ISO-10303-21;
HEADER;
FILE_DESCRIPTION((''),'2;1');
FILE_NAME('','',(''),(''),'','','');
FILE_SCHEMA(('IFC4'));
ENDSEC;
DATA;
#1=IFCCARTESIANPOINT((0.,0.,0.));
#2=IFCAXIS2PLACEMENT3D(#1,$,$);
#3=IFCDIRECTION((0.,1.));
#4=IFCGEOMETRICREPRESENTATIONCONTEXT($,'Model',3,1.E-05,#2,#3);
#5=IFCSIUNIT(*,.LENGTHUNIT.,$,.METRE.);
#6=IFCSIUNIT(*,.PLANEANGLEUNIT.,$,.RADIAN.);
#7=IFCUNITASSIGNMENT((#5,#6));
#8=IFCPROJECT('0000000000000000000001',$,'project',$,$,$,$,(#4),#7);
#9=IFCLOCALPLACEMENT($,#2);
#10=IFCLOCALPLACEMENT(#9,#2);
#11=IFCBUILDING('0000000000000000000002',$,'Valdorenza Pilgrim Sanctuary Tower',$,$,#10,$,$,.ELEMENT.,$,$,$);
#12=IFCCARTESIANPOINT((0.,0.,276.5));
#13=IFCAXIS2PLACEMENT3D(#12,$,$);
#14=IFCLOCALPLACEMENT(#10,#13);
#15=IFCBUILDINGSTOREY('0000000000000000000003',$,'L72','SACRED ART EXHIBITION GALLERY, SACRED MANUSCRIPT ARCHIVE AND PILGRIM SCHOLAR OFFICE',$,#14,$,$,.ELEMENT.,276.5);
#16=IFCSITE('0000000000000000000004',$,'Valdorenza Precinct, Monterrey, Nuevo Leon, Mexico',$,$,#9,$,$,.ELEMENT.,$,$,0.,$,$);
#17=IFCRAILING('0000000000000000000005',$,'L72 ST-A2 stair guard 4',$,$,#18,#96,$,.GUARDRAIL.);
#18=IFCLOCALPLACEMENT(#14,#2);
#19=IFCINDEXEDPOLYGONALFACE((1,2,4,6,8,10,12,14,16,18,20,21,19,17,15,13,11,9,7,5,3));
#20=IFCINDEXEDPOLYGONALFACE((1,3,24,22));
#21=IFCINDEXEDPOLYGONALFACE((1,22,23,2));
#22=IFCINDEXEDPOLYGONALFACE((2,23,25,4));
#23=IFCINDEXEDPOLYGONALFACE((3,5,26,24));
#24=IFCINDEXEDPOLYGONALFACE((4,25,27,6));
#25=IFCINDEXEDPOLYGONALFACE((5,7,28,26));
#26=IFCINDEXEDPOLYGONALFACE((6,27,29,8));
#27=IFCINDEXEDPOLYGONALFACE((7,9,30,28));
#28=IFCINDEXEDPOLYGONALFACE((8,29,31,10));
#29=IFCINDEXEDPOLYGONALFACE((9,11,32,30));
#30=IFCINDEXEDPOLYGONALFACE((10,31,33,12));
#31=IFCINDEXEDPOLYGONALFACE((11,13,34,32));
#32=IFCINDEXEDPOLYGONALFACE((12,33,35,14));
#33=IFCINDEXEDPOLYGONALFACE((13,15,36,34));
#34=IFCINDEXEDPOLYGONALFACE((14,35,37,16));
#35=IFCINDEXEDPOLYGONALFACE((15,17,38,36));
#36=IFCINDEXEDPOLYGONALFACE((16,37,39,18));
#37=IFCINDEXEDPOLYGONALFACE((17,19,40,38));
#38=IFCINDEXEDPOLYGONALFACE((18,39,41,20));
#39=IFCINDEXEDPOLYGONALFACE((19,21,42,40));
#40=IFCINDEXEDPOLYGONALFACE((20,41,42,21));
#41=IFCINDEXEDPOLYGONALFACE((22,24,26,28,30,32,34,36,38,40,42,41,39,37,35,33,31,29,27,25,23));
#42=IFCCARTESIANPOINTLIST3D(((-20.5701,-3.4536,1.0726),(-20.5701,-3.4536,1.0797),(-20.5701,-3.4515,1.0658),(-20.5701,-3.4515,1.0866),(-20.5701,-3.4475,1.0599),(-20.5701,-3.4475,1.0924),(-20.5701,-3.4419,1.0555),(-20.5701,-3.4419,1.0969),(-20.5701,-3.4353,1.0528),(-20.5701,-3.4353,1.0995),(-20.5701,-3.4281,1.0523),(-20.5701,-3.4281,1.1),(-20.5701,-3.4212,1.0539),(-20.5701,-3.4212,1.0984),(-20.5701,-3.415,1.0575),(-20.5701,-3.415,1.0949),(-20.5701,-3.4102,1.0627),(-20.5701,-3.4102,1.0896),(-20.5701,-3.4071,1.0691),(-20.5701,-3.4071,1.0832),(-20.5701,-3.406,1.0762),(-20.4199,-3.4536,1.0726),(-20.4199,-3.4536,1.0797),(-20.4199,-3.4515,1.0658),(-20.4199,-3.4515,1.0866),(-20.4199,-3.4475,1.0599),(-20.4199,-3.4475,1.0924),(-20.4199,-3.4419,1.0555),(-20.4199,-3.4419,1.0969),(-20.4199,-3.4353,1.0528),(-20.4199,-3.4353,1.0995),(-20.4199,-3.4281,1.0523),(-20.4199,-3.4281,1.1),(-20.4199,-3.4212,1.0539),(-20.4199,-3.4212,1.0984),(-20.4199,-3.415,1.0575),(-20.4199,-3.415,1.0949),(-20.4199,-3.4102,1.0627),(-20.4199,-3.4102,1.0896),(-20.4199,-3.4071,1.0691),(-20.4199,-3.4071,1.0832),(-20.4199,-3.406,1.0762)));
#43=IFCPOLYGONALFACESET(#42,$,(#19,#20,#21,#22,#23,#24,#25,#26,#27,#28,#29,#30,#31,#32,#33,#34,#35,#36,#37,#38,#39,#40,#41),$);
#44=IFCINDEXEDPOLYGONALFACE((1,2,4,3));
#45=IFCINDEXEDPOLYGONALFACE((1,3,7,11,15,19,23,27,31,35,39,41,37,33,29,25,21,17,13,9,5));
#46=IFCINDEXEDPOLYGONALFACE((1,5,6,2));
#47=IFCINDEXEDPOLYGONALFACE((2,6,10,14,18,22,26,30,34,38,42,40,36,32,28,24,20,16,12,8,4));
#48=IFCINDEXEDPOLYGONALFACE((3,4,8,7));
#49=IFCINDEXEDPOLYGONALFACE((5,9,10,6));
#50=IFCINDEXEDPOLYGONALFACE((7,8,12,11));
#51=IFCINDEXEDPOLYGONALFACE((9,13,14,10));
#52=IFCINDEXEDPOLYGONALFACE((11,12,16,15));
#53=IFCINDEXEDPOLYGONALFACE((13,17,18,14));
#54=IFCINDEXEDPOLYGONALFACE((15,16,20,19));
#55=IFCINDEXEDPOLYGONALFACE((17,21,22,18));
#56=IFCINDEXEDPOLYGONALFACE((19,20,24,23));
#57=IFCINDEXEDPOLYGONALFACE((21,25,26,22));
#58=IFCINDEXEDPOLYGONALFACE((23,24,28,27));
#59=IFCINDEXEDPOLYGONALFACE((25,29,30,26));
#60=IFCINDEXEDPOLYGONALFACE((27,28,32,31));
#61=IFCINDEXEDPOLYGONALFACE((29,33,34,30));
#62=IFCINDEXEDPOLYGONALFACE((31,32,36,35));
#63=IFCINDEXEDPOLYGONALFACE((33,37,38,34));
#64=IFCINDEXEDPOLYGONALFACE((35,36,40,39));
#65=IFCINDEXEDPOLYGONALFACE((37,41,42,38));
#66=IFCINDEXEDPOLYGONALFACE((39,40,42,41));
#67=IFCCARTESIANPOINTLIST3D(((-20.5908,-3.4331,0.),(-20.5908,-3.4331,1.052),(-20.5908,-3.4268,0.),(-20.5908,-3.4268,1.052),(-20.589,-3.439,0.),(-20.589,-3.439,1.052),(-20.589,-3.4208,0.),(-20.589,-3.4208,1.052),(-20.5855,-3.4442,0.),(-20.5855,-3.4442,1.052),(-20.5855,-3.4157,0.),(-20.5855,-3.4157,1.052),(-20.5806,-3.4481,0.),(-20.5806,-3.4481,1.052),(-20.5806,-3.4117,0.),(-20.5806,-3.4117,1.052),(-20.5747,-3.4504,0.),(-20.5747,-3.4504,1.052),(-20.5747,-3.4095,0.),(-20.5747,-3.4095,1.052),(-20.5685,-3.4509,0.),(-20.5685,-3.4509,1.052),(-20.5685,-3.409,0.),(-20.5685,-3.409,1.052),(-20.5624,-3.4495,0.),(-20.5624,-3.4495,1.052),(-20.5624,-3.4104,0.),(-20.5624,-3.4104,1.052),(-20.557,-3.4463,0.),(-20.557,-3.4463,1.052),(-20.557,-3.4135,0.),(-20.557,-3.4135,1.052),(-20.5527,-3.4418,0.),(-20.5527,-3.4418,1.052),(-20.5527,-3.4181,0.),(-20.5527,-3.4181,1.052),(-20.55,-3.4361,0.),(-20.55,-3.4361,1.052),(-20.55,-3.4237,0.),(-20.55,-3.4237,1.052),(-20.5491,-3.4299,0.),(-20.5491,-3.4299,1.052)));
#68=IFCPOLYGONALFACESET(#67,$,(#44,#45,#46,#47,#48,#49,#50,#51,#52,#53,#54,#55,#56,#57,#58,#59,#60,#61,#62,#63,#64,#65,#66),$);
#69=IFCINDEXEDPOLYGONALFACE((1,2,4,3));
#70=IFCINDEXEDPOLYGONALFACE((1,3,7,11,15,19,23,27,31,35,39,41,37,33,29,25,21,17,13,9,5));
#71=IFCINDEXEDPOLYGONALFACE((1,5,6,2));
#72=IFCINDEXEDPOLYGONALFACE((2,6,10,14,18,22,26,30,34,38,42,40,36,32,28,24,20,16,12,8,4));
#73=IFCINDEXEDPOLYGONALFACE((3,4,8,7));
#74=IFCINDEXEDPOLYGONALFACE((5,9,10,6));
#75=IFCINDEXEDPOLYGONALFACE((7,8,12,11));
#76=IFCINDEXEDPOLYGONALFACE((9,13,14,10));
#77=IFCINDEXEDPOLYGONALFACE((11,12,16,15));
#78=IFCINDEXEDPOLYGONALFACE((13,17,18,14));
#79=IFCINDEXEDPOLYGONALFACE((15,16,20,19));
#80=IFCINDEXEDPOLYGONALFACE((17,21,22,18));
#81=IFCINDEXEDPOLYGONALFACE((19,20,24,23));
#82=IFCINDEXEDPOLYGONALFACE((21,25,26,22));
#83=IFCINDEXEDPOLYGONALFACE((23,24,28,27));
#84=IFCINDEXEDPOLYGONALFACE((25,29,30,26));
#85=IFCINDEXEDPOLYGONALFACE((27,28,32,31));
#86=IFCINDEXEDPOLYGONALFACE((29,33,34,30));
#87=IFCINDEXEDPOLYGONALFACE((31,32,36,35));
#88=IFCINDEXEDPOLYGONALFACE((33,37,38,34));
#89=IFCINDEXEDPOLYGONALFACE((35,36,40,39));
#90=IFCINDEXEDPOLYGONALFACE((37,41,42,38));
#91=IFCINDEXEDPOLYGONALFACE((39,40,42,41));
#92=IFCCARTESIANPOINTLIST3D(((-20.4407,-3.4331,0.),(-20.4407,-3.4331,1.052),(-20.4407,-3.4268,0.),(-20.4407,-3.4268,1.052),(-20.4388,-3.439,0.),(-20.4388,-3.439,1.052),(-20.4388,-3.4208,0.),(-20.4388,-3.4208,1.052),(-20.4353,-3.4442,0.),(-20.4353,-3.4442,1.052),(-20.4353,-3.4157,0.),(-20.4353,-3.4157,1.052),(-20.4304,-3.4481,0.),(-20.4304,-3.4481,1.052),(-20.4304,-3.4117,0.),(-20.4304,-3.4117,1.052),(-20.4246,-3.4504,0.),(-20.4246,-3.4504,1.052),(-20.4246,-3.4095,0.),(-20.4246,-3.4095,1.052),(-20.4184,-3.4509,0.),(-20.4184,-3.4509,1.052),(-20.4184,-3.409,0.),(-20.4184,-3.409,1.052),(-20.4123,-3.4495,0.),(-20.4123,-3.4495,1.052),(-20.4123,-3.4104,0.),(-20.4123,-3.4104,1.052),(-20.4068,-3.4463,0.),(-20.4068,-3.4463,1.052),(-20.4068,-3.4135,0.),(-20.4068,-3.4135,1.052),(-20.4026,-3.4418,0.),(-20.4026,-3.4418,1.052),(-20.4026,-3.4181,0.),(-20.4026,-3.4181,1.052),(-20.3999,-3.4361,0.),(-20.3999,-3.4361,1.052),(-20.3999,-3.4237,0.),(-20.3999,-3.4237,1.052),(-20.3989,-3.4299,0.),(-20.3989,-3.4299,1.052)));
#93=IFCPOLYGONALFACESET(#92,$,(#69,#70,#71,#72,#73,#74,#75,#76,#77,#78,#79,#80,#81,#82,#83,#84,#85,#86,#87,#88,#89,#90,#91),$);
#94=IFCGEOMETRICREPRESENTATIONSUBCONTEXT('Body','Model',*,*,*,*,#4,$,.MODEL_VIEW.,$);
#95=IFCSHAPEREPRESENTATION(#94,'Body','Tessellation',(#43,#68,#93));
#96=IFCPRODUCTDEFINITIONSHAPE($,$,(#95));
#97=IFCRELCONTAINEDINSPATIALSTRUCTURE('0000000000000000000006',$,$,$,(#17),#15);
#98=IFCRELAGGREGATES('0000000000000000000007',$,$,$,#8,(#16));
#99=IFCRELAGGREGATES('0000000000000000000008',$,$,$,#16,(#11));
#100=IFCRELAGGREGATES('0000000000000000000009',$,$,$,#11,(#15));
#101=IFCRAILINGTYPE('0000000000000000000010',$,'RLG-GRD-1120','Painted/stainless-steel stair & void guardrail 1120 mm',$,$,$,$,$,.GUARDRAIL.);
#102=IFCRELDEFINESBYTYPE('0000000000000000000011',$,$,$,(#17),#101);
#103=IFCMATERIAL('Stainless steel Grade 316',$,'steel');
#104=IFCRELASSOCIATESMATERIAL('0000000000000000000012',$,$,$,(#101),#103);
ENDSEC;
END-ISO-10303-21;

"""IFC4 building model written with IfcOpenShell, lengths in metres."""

from ifc_helpers import new_model, si_unit, direction, frame, origin, origin_2d, place, context, subcontext, project, spatial, circle, extrude, material, type_object, element, save


model = new_model("IFC4")

# Units and contexts
model_context = context("Model", 3, precision=1e-05, world=origin(), true_north=direction((0.0, 1.0)))
body_context = subcontext(model_context, "Body", "Model", "MODEL_VIEW")
ifc_project = project(units=[si_unit("LENGTHUNIT", "METRE"), si_unit("PLANEANGLEUNIT", "RADIAN")], contexts=[model_context])

# Site, building, storey
site_placement = place(None, origin())
site = spatial("IfcSite", under=ifc_project, at=site_placement, Name="Valdorenza Precinct, Monterrey, Nuevo Leon, Mexico", CompositionType="ELEMENT", RefElevation=0.0)
building_placement = place(site_placement, origin())
building = spatial("IfcBuilding", under=site, at=building_placement, Name="Valdorenza Pilgrim Sanctuary Tower", CompositionType="ELEMENT")
storey_placement = place(building_placement, frame((0.0, 0.0, 276.5)))
storey = spatial("IfcBuildingStorey", under=building, at=storey_placement, Name="L72", Description="SACRED ART EXHIBITION GALLERY, SACRED MANUSCRIPT ARCHIVE AND PILGRIM SCHOLAR OFFICE", CompositionType="ELEMENT", Elevation=276.5)

# Railing
ifc_material_1 = material(Name="Stainless steel Grade 316", Category="steel")
railing_type_1 = type_object("IfcRailingType", Name="RLG-GRD-1120", Description="Painted/stainless-steel stair & void guardrail 1120 mm", PredefinedType="GUARDRAIL", material=ifc_material_1)
railing_1_placement = place(storey_placement, frame((-20.5701, -3.4299, 0.0)))
element("IfcRailing", 1, at=railing_1_placement, inside=storey, type_object=railing_type_1, Name="L72 ST-A2 stair guard 4", PredefinedType="GUARDRAIL", context=body_context, shape_type="SweptSolid", body=[
    extrude(circle(Radius=0.0239, at=origin_2d()), frame((0.0, 0.0, 1.0762), z_axis=(1.0, 0.0, 0.0), x_axis=(0.0, 1.0, 0.0)), (0.0, 0.0, 1.0), 0.1501),
    extrude(circle(Radius=0.021, at=origin_2d()), origin(), (0.0, 0.0, 1.0), 1.052),
    extrude(circle(Radius=0.021, at=origin_2d()), frame((0.1501, 0.0, 0.0)), (0.0, 0.0, 1.0), 1.052),
])

save(model, "model.ifc")
